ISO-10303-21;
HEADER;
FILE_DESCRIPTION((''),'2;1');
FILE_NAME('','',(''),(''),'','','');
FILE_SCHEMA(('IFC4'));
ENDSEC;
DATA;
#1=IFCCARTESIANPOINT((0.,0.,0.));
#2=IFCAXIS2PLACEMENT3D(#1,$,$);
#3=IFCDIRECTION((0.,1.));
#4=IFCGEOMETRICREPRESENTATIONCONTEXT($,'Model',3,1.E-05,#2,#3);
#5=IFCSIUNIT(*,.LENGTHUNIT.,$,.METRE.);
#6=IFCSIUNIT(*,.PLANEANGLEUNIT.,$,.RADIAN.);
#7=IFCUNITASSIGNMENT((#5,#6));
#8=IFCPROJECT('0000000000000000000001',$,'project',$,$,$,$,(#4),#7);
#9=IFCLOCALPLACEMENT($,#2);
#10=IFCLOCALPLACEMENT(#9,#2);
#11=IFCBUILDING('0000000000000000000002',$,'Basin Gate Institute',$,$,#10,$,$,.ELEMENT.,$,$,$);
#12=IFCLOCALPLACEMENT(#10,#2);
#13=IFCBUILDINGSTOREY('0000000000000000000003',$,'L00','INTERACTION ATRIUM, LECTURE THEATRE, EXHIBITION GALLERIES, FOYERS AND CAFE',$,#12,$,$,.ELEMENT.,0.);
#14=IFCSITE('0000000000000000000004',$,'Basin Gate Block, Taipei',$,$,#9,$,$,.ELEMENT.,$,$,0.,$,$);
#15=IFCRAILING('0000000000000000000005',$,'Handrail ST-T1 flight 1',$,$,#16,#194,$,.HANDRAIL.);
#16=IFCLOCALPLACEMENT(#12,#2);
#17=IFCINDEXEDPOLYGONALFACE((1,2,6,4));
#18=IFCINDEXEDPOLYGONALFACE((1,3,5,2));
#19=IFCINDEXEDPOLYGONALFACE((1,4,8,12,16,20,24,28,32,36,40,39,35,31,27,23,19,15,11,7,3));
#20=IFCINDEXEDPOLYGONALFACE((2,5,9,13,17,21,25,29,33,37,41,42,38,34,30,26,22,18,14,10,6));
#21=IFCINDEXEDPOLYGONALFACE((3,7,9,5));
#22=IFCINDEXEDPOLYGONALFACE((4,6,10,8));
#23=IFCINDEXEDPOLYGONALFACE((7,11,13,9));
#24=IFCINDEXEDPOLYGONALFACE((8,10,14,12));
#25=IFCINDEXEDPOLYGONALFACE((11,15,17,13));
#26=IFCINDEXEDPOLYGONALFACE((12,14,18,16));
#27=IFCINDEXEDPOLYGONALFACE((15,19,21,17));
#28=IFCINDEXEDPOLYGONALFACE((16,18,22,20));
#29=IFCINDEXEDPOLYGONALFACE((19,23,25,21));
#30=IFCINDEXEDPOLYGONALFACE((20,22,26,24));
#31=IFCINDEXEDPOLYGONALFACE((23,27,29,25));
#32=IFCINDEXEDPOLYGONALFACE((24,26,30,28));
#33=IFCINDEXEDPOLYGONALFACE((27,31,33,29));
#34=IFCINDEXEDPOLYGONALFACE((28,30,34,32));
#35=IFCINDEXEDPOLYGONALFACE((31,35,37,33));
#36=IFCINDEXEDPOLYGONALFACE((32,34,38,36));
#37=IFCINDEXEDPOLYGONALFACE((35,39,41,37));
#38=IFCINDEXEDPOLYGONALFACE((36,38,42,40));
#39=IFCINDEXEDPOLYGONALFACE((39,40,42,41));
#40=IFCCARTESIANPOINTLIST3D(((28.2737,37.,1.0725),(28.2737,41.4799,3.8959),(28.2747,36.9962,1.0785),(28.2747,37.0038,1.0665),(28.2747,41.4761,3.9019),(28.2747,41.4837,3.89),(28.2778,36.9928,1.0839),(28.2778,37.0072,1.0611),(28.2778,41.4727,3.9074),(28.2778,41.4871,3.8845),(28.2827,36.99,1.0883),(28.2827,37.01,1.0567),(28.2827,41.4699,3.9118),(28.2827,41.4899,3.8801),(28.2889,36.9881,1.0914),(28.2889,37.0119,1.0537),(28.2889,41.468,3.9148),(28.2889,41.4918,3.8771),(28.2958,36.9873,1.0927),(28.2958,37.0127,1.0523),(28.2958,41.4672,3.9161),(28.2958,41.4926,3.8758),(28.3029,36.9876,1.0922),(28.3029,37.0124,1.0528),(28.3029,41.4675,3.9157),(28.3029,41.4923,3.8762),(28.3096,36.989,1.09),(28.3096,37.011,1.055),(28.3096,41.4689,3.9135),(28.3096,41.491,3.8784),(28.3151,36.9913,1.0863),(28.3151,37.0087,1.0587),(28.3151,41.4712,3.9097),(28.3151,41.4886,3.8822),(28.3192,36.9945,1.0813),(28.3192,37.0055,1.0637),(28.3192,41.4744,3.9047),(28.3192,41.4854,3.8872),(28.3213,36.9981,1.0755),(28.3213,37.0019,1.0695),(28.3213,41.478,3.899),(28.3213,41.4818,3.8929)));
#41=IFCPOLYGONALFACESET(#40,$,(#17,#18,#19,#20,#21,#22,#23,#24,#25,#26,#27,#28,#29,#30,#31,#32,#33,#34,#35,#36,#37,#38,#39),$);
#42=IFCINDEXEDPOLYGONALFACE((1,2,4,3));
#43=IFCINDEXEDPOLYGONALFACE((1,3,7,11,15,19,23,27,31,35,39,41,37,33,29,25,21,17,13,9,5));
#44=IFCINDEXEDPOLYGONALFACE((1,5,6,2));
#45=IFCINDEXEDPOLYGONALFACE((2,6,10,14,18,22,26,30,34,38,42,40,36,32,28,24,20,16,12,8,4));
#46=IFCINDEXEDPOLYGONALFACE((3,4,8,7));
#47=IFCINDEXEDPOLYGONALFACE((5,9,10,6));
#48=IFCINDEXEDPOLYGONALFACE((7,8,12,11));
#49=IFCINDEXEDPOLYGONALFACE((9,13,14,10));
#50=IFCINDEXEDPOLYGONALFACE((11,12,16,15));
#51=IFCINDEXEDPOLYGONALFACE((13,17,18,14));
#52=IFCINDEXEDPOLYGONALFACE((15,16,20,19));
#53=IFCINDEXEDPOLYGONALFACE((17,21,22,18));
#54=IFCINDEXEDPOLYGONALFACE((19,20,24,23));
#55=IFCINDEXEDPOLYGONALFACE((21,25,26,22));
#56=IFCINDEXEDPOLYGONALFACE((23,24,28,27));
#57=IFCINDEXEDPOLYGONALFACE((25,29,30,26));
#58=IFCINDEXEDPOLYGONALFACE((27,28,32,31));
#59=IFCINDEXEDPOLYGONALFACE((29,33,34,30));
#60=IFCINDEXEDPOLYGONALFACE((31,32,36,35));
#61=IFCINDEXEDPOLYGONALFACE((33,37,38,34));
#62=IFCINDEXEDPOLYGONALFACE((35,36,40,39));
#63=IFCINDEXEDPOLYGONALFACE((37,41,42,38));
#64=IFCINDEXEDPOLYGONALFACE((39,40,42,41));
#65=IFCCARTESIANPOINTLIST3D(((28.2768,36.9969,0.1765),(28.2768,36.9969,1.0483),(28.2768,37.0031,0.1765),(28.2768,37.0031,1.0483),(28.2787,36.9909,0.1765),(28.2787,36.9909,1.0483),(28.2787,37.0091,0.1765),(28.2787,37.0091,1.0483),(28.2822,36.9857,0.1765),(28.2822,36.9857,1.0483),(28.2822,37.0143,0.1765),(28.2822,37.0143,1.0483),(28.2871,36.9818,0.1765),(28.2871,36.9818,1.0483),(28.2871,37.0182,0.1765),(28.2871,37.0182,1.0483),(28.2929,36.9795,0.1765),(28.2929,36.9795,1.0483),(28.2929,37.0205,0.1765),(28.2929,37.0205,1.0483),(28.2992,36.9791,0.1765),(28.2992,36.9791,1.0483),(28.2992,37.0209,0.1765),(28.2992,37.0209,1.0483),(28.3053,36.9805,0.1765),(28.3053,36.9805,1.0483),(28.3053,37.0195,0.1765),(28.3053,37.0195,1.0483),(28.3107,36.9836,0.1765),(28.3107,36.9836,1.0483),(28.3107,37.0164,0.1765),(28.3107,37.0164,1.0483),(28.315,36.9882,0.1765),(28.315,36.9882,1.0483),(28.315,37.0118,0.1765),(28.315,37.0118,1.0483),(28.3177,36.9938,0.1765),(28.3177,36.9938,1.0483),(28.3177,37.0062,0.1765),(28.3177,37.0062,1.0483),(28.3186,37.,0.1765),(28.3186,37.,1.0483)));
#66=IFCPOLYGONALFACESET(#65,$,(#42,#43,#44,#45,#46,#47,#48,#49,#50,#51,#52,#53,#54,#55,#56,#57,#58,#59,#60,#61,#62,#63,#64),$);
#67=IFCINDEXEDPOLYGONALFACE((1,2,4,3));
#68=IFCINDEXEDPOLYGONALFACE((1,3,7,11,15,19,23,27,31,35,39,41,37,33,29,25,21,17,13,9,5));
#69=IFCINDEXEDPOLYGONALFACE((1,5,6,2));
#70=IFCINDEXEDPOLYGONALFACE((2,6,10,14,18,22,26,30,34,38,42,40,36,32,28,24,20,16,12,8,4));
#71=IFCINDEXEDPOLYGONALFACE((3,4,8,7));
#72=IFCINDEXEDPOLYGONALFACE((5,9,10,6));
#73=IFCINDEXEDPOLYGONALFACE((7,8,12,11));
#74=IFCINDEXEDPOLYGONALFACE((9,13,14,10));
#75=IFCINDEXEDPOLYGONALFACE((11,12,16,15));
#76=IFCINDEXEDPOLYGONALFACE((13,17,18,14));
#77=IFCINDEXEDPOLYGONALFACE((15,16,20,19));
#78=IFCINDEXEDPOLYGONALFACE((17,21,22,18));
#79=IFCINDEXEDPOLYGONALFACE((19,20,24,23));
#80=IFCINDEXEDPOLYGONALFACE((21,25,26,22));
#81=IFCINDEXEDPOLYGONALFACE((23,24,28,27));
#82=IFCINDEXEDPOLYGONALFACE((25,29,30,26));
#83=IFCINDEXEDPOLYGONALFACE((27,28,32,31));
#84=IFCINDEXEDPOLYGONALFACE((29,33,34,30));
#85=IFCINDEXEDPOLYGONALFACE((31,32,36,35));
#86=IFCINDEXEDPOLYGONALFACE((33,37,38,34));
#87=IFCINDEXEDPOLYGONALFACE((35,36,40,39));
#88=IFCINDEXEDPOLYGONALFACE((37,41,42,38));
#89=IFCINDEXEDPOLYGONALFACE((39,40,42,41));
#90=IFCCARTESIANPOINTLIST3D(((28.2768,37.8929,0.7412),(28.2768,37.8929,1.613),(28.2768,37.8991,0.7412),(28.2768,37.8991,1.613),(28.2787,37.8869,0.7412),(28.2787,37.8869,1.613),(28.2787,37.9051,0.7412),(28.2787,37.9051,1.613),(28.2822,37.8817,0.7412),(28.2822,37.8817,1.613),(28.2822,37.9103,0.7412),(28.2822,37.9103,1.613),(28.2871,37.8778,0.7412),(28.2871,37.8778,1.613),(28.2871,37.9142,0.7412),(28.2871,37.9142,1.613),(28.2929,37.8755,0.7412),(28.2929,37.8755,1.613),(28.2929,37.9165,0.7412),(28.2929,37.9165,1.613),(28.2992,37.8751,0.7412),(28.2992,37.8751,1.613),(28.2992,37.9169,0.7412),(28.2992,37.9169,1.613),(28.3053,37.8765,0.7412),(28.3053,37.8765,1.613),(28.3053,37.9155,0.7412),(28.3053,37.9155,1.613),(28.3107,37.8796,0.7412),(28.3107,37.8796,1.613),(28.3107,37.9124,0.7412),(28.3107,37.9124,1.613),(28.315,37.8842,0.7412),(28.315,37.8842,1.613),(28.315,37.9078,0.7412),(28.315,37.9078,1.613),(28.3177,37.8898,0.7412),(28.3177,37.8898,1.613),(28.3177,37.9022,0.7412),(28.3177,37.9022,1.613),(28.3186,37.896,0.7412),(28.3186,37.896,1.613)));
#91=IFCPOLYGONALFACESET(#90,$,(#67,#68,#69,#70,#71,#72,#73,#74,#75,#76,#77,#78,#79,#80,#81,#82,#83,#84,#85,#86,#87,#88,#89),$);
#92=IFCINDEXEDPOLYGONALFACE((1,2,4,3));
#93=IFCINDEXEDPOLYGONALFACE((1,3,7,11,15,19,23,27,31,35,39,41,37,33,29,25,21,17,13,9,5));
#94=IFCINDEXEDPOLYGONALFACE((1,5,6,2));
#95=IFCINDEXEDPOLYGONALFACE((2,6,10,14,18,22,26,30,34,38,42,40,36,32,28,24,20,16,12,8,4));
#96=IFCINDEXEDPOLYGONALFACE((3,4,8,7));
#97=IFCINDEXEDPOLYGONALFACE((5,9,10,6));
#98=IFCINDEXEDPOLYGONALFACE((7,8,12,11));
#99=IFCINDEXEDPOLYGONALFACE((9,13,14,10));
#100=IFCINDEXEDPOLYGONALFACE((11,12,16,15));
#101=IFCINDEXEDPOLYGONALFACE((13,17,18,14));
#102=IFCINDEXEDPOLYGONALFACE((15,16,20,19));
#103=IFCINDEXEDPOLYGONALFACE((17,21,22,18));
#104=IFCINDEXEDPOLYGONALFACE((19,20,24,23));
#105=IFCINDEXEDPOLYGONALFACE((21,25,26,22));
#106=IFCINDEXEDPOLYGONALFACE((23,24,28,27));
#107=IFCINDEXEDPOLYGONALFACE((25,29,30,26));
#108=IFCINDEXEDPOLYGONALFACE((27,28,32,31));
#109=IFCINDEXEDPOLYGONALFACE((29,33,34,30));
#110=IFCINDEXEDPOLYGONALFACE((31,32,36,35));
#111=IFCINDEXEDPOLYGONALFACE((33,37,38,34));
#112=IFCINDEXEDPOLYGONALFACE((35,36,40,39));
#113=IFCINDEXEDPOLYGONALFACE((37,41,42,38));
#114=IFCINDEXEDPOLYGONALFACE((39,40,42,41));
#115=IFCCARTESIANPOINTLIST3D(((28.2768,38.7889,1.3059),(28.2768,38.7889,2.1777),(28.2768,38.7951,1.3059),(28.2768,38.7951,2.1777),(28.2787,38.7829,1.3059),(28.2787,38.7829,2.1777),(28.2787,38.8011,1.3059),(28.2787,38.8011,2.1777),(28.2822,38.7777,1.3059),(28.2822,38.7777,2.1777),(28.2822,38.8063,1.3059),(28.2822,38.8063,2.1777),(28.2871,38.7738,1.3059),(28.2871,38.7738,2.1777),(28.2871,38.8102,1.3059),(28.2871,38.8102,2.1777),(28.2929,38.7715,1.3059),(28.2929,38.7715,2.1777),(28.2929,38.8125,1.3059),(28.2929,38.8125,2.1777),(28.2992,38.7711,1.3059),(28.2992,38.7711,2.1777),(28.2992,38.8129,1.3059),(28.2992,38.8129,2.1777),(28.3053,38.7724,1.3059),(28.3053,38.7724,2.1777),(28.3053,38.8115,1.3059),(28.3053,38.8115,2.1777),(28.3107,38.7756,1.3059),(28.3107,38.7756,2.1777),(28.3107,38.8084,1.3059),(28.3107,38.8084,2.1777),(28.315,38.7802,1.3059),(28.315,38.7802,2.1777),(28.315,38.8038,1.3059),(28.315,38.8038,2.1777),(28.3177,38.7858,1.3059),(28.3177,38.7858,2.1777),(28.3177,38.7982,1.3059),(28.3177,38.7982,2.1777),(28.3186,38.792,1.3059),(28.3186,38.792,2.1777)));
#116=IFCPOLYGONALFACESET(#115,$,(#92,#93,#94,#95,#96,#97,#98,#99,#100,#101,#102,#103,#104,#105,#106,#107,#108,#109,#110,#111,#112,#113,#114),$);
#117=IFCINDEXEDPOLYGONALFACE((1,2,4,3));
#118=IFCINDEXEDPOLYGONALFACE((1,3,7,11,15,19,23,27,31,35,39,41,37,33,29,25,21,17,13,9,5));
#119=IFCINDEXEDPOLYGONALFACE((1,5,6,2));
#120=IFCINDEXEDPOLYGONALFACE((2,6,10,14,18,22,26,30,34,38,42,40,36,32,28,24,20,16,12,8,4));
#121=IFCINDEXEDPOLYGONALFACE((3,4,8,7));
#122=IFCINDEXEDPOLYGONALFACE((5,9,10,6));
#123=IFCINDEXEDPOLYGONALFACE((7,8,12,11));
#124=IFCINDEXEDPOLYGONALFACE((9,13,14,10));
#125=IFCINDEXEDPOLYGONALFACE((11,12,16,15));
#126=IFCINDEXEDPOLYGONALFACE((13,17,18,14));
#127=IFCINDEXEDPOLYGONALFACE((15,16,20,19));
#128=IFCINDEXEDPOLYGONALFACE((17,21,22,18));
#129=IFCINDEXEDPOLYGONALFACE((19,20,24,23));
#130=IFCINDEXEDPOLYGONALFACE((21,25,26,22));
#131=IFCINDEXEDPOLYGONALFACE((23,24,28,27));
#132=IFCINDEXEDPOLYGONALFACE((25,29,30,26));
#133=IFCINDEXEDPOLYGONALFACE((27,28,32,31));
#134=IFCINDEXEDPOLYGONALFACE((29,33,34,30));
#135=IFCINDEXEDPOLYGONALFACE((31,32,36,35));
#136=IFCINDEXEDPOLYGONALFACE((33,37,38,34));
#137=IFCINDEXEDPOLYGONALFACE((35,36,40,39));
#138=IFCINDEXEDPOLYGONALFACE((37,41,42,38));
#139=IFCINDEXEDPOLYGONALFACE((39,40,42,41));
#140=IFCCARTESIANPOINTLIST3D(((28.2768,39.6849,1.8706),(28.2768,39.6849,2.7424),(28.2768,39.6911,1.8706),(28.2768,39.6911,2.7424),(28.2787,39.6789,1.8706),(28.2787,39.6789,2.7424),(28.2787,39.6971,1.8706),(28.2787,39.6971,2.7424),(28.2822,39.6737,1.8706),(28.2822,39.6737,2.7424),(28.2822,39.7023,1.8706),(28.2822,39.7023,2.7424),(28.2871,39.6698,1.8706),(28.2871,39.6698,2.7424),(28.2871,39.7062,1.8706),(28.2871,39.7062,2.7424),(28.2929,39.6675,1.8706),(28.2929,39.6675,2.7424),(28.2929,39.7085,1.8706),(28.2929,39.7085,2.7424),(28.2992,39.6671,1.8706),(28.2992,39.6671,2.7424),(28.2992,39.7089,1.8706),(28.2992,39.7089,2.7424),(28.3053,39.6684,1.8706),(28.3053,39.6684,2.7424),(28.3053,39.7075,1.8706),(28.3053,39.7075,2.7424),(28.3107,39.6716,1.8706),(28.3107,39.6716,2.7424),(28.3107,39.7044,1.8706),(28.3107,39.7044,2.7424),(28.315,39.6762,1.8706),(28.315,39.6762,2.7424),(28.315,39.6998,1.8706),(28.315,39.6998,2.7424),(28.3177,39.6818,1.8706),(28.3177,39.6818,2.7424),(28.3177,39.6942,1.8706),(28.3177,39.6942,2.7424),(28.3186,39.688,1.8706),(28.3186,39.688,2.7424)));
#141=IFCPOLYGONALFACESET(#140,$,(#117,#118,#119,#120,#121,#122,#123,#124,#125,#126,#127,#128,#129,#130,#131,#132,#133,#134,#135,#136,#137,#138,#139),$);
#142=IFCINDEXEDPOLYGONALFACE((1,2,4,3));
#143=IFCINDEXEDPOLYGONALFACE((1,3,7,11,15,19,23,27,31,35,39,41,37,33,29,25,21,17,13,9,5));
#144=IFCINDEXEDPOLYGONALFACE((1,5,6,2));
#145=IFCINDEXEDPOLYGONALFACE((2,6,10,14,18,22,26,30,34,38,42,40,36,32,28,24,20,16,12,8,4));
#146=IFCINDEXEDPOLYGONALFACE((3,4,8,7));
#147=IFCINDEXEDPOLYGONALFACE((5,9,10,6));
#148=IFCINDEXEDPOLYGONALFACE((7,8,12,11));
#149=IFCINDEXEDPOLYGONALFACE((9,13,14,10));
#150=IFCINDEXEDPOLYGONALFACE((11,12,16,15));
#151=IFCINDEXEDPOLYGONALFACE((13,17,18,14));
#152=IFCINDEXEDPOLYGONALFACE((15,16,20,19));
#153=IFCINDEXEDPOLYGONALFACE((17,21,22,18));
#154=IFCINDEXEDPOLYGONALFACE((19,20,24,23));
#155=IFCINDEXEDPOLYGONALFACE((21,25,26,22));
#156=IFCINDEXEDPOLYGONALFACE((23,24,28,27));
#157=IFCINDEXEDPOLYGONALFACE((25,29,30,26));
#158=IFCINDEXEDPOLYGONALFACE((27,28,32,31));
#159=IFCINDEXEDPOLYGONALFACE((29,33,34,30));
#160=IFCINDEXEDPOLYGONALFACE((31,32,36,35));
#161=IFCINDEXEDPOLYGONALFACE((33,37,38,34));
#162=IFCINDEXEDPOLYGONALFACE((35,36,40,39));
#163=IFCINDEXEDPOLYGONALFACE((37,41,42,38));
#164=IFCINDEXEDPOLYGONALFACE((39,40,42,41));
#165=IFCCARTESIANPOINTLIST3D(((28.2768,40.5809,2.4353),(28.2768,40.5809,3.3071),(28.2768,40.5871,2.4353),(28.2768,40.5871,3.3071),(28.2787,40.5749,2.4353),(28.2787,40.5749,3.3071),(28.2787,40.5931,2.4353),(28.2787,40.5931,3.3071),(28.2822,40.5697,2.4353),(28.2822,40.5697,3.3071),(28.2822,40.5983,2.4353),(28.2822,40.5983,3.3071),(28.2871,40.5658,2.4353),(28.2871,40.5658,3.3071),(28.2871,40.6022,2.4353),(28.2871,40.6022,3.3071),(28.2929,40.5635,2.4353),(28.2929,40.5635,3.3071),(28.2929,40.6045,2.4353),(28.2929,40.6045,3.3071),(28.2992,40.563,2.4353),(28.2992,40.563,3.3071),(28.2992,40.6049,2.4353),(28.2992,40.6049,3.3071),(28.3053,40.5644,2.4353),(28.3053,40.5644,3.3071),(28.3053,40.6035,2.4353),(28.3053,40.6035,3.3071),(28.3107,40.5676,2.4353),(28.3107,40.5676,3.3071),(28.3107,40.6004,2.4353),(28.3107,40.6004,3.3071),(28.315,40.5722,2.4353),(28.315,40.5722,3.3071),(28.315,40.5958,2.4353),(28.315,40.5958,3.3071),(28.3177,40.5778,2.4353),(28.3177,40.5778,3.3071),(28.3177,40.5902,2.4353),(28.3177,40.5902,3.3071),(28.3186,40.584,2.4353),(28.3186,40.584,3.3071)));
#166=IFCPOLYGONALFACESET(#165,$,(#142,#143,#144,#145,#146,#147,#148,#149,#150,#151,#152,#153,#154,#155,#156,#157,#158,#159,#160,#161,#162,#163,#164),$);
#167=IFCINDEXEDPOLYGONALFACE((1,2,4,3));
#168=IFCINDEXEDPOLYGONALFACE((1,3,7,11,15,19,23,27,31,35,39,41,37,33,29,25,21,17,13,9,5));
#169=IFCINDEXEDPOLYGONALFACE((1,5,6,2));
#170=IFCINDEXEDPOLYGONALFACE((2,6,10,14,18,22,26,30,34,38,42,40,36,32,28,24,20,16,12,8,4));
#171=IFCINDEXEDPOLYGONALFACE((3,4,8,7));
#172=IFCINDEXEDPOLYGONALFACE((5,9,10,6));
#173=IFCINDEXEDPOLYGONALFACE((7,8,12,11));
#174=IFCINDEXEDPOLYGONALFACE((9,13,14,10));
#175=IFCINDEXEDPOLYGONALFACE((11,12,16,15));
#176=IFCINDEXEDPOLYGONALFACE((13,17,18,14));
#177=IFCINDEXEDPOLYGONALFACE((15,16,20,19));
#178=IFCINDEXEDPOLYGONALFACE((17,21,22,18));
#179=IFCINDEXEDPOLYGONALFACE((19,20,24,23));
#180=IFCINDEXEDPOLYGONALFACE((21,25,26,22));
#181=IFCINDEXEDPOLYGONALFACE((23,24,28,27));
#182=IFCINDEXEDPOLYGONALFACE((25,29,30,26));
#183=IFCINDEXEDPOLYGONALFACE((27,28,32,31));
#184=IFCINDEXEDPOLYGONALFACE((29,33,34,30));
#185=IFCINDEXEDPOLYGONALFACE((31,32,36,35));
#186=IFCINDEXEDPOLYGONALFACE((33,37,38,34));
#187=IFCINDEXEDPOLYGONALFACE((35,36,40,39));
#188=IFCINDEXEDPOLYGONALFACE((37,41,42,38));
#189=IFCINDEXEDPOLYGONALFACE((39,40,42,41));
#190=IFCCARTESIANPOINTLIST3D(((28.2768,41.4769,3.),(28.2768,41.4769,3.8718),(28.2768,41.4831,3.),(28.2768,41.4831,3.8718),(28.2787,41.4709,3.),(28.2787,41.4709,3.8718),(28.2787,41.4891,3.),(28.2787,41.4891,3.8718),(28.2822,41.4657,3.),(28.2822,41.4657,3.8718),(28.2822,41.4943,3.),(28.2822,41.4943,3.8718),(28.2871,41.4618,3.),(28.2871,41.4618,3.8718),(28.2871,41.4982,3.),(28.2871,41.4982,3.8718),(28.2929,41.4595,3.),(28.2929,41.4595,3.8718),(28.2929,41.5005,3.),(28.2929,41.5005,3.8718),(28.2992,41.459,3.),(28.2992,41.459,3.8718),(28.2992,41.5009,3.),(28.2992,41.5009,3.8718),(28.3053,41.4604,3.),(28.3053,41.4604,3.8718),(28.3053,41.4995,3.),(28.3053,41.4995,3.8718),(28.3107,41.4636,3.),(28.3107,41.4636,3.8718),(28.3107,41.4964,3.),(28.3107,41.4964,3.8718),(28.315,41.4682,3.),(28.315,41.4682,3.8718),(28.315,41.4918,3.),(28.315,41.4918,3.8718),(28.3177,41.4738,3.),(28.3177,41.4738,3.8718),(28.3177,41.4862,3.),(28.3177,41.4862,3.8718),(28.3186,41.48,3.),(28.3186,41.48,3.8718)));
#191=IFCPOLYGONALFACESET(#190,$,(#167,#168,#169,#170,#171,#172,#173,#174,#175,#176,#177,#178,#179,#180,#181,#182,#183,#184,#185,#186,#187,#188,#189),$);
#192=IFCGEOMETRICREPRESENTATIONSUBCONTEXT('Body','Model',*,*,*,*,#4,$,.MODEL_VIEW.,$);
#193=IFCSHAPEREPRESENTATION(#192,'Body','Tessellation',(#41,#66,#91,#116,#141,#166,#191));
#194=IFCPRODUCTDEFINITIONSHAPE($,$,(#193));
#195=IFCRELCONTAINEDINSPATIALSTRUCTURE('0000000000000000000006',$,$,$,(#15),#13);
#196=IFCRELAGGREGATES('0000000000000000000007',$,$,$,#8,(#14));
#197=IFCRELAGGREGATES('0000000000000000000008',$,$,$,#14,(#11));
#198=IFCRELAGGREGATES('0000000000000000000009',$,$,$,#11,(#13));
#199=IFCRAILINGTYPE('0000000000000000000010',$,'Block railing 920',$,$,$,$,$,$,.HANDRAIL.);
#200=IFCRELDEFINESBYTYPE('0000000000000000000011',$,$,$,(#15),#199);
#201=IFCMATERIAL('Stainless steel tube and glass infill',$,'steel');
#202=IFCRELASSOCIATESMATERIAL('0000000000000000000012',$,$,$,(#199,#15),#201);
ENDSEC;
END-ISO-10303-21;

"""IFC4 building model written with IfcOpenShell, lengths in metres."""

from ifc_helpers import new_model, si_unit, direction, frame, origin, origin_2d, place, context, subcontext, project, spatial, circle, extrude, material, type_object, element, save


model = new_model("IFC4")

# Units and contexts
model_context = context("Model", 3, precision=1e-05, world=origin(), true_north=direction((0.0, 1.0)))
body_context = subcontext(model_context, "Body", "Model", "MODEL_VIEW")
ifc_project = project(units=[si_unit("LENGTHUNIT", "METRE"), si_unit("PLANEANGLEUNIT", "RADIAN")], contexts=[model_context])

# Site, building, storey
site_placement = place(None, origin())
site = spatial("IfcSite", under=ifc_project, at=site_placement, Name="Basin Gate Block, Taipei", CompositionType="ELEMENT", RefElevation=0.0)
building_placement = place(site_placement, origin())
building = spatial("IfcBuilding", under=site, at=building_placement, Name="Basin Gate Institute", CompositionType="ELEMENT")
storey_placement = place(building_placement, origin())
storey = spatial("IfcBuildingStorey", under=building, at=storey_placement, Name="L00", Description="INTERACTION ATRIUM, LECTURE THEATRE, EXHIBITION GALLERIES, FOYERS AND CAFE", CompositionType="ELEMENT", Elevation=0.0)

# Railing
ifc_material_1 = material(Name="Stainless steel tube and glass infill", Category="steel")
railing_type_1 = type_object("IfcRailingType", Name="Block railing 920", PredefinedType="HANDRAIL", material=ifc_material_1)
for number, where, name in (
    (1, (28.2976, 37.0, 0.1765), "Handrail ST-T1 flight 1"),
):
    element("IfcRailing", number, at=place(storey_placement, frame(where)), inside=storey, type_object=railing_type_1, material=ifc_material_1, Name=name, PredefinedType="HANDRAIL", context=body_context, shape_type="SweptSolid", body=[
        extrude(circle(Radius=0.0239, at=origin_2d()), frame((0.0, 0.0, 0.896), z_axis=(0.0, 0.845998, 0.533186), x_axis=(-1.0, 0.0, 0.0)), (0.0, 0.0, 1.0), 5.2954),
        extrude(circle(Radius=0.021, at=origin_2d()), origin(), (0.0, 0.0, 1.0), 0.8718),
        extrude(circle(Radius=0.021, at=origin_2d()), frame((0.0, 0.896, 0.5647)), (0.0, 0.0, 1.0), 0.8718),
        extrude(circle(Radius=0.021, at=origin_2d()), frame((0.0, 1.792, 1.1294)), (0.0, 0.0, 1.0), 0.8718),
        extrude(circle(Radius=0.021, at=origin_2d()), frame((0.0, 2.688, 1.6941)), (0.0, 0.0, 1.0), 0.8718),
        extrude(circle(Radius=0.021, at=origin_2d()), frame((0.0, 3.584, 2.2588)), (0.0, 0.0, 1.0), 0.8718),
        extrude(circle(Radius=0.021, at=origin_2d()), frame((0.0, 4.48, 2.8235)), (0.0, 0.0, 1.0), 0.8718),
    ])

save(model, "model.ifc")
